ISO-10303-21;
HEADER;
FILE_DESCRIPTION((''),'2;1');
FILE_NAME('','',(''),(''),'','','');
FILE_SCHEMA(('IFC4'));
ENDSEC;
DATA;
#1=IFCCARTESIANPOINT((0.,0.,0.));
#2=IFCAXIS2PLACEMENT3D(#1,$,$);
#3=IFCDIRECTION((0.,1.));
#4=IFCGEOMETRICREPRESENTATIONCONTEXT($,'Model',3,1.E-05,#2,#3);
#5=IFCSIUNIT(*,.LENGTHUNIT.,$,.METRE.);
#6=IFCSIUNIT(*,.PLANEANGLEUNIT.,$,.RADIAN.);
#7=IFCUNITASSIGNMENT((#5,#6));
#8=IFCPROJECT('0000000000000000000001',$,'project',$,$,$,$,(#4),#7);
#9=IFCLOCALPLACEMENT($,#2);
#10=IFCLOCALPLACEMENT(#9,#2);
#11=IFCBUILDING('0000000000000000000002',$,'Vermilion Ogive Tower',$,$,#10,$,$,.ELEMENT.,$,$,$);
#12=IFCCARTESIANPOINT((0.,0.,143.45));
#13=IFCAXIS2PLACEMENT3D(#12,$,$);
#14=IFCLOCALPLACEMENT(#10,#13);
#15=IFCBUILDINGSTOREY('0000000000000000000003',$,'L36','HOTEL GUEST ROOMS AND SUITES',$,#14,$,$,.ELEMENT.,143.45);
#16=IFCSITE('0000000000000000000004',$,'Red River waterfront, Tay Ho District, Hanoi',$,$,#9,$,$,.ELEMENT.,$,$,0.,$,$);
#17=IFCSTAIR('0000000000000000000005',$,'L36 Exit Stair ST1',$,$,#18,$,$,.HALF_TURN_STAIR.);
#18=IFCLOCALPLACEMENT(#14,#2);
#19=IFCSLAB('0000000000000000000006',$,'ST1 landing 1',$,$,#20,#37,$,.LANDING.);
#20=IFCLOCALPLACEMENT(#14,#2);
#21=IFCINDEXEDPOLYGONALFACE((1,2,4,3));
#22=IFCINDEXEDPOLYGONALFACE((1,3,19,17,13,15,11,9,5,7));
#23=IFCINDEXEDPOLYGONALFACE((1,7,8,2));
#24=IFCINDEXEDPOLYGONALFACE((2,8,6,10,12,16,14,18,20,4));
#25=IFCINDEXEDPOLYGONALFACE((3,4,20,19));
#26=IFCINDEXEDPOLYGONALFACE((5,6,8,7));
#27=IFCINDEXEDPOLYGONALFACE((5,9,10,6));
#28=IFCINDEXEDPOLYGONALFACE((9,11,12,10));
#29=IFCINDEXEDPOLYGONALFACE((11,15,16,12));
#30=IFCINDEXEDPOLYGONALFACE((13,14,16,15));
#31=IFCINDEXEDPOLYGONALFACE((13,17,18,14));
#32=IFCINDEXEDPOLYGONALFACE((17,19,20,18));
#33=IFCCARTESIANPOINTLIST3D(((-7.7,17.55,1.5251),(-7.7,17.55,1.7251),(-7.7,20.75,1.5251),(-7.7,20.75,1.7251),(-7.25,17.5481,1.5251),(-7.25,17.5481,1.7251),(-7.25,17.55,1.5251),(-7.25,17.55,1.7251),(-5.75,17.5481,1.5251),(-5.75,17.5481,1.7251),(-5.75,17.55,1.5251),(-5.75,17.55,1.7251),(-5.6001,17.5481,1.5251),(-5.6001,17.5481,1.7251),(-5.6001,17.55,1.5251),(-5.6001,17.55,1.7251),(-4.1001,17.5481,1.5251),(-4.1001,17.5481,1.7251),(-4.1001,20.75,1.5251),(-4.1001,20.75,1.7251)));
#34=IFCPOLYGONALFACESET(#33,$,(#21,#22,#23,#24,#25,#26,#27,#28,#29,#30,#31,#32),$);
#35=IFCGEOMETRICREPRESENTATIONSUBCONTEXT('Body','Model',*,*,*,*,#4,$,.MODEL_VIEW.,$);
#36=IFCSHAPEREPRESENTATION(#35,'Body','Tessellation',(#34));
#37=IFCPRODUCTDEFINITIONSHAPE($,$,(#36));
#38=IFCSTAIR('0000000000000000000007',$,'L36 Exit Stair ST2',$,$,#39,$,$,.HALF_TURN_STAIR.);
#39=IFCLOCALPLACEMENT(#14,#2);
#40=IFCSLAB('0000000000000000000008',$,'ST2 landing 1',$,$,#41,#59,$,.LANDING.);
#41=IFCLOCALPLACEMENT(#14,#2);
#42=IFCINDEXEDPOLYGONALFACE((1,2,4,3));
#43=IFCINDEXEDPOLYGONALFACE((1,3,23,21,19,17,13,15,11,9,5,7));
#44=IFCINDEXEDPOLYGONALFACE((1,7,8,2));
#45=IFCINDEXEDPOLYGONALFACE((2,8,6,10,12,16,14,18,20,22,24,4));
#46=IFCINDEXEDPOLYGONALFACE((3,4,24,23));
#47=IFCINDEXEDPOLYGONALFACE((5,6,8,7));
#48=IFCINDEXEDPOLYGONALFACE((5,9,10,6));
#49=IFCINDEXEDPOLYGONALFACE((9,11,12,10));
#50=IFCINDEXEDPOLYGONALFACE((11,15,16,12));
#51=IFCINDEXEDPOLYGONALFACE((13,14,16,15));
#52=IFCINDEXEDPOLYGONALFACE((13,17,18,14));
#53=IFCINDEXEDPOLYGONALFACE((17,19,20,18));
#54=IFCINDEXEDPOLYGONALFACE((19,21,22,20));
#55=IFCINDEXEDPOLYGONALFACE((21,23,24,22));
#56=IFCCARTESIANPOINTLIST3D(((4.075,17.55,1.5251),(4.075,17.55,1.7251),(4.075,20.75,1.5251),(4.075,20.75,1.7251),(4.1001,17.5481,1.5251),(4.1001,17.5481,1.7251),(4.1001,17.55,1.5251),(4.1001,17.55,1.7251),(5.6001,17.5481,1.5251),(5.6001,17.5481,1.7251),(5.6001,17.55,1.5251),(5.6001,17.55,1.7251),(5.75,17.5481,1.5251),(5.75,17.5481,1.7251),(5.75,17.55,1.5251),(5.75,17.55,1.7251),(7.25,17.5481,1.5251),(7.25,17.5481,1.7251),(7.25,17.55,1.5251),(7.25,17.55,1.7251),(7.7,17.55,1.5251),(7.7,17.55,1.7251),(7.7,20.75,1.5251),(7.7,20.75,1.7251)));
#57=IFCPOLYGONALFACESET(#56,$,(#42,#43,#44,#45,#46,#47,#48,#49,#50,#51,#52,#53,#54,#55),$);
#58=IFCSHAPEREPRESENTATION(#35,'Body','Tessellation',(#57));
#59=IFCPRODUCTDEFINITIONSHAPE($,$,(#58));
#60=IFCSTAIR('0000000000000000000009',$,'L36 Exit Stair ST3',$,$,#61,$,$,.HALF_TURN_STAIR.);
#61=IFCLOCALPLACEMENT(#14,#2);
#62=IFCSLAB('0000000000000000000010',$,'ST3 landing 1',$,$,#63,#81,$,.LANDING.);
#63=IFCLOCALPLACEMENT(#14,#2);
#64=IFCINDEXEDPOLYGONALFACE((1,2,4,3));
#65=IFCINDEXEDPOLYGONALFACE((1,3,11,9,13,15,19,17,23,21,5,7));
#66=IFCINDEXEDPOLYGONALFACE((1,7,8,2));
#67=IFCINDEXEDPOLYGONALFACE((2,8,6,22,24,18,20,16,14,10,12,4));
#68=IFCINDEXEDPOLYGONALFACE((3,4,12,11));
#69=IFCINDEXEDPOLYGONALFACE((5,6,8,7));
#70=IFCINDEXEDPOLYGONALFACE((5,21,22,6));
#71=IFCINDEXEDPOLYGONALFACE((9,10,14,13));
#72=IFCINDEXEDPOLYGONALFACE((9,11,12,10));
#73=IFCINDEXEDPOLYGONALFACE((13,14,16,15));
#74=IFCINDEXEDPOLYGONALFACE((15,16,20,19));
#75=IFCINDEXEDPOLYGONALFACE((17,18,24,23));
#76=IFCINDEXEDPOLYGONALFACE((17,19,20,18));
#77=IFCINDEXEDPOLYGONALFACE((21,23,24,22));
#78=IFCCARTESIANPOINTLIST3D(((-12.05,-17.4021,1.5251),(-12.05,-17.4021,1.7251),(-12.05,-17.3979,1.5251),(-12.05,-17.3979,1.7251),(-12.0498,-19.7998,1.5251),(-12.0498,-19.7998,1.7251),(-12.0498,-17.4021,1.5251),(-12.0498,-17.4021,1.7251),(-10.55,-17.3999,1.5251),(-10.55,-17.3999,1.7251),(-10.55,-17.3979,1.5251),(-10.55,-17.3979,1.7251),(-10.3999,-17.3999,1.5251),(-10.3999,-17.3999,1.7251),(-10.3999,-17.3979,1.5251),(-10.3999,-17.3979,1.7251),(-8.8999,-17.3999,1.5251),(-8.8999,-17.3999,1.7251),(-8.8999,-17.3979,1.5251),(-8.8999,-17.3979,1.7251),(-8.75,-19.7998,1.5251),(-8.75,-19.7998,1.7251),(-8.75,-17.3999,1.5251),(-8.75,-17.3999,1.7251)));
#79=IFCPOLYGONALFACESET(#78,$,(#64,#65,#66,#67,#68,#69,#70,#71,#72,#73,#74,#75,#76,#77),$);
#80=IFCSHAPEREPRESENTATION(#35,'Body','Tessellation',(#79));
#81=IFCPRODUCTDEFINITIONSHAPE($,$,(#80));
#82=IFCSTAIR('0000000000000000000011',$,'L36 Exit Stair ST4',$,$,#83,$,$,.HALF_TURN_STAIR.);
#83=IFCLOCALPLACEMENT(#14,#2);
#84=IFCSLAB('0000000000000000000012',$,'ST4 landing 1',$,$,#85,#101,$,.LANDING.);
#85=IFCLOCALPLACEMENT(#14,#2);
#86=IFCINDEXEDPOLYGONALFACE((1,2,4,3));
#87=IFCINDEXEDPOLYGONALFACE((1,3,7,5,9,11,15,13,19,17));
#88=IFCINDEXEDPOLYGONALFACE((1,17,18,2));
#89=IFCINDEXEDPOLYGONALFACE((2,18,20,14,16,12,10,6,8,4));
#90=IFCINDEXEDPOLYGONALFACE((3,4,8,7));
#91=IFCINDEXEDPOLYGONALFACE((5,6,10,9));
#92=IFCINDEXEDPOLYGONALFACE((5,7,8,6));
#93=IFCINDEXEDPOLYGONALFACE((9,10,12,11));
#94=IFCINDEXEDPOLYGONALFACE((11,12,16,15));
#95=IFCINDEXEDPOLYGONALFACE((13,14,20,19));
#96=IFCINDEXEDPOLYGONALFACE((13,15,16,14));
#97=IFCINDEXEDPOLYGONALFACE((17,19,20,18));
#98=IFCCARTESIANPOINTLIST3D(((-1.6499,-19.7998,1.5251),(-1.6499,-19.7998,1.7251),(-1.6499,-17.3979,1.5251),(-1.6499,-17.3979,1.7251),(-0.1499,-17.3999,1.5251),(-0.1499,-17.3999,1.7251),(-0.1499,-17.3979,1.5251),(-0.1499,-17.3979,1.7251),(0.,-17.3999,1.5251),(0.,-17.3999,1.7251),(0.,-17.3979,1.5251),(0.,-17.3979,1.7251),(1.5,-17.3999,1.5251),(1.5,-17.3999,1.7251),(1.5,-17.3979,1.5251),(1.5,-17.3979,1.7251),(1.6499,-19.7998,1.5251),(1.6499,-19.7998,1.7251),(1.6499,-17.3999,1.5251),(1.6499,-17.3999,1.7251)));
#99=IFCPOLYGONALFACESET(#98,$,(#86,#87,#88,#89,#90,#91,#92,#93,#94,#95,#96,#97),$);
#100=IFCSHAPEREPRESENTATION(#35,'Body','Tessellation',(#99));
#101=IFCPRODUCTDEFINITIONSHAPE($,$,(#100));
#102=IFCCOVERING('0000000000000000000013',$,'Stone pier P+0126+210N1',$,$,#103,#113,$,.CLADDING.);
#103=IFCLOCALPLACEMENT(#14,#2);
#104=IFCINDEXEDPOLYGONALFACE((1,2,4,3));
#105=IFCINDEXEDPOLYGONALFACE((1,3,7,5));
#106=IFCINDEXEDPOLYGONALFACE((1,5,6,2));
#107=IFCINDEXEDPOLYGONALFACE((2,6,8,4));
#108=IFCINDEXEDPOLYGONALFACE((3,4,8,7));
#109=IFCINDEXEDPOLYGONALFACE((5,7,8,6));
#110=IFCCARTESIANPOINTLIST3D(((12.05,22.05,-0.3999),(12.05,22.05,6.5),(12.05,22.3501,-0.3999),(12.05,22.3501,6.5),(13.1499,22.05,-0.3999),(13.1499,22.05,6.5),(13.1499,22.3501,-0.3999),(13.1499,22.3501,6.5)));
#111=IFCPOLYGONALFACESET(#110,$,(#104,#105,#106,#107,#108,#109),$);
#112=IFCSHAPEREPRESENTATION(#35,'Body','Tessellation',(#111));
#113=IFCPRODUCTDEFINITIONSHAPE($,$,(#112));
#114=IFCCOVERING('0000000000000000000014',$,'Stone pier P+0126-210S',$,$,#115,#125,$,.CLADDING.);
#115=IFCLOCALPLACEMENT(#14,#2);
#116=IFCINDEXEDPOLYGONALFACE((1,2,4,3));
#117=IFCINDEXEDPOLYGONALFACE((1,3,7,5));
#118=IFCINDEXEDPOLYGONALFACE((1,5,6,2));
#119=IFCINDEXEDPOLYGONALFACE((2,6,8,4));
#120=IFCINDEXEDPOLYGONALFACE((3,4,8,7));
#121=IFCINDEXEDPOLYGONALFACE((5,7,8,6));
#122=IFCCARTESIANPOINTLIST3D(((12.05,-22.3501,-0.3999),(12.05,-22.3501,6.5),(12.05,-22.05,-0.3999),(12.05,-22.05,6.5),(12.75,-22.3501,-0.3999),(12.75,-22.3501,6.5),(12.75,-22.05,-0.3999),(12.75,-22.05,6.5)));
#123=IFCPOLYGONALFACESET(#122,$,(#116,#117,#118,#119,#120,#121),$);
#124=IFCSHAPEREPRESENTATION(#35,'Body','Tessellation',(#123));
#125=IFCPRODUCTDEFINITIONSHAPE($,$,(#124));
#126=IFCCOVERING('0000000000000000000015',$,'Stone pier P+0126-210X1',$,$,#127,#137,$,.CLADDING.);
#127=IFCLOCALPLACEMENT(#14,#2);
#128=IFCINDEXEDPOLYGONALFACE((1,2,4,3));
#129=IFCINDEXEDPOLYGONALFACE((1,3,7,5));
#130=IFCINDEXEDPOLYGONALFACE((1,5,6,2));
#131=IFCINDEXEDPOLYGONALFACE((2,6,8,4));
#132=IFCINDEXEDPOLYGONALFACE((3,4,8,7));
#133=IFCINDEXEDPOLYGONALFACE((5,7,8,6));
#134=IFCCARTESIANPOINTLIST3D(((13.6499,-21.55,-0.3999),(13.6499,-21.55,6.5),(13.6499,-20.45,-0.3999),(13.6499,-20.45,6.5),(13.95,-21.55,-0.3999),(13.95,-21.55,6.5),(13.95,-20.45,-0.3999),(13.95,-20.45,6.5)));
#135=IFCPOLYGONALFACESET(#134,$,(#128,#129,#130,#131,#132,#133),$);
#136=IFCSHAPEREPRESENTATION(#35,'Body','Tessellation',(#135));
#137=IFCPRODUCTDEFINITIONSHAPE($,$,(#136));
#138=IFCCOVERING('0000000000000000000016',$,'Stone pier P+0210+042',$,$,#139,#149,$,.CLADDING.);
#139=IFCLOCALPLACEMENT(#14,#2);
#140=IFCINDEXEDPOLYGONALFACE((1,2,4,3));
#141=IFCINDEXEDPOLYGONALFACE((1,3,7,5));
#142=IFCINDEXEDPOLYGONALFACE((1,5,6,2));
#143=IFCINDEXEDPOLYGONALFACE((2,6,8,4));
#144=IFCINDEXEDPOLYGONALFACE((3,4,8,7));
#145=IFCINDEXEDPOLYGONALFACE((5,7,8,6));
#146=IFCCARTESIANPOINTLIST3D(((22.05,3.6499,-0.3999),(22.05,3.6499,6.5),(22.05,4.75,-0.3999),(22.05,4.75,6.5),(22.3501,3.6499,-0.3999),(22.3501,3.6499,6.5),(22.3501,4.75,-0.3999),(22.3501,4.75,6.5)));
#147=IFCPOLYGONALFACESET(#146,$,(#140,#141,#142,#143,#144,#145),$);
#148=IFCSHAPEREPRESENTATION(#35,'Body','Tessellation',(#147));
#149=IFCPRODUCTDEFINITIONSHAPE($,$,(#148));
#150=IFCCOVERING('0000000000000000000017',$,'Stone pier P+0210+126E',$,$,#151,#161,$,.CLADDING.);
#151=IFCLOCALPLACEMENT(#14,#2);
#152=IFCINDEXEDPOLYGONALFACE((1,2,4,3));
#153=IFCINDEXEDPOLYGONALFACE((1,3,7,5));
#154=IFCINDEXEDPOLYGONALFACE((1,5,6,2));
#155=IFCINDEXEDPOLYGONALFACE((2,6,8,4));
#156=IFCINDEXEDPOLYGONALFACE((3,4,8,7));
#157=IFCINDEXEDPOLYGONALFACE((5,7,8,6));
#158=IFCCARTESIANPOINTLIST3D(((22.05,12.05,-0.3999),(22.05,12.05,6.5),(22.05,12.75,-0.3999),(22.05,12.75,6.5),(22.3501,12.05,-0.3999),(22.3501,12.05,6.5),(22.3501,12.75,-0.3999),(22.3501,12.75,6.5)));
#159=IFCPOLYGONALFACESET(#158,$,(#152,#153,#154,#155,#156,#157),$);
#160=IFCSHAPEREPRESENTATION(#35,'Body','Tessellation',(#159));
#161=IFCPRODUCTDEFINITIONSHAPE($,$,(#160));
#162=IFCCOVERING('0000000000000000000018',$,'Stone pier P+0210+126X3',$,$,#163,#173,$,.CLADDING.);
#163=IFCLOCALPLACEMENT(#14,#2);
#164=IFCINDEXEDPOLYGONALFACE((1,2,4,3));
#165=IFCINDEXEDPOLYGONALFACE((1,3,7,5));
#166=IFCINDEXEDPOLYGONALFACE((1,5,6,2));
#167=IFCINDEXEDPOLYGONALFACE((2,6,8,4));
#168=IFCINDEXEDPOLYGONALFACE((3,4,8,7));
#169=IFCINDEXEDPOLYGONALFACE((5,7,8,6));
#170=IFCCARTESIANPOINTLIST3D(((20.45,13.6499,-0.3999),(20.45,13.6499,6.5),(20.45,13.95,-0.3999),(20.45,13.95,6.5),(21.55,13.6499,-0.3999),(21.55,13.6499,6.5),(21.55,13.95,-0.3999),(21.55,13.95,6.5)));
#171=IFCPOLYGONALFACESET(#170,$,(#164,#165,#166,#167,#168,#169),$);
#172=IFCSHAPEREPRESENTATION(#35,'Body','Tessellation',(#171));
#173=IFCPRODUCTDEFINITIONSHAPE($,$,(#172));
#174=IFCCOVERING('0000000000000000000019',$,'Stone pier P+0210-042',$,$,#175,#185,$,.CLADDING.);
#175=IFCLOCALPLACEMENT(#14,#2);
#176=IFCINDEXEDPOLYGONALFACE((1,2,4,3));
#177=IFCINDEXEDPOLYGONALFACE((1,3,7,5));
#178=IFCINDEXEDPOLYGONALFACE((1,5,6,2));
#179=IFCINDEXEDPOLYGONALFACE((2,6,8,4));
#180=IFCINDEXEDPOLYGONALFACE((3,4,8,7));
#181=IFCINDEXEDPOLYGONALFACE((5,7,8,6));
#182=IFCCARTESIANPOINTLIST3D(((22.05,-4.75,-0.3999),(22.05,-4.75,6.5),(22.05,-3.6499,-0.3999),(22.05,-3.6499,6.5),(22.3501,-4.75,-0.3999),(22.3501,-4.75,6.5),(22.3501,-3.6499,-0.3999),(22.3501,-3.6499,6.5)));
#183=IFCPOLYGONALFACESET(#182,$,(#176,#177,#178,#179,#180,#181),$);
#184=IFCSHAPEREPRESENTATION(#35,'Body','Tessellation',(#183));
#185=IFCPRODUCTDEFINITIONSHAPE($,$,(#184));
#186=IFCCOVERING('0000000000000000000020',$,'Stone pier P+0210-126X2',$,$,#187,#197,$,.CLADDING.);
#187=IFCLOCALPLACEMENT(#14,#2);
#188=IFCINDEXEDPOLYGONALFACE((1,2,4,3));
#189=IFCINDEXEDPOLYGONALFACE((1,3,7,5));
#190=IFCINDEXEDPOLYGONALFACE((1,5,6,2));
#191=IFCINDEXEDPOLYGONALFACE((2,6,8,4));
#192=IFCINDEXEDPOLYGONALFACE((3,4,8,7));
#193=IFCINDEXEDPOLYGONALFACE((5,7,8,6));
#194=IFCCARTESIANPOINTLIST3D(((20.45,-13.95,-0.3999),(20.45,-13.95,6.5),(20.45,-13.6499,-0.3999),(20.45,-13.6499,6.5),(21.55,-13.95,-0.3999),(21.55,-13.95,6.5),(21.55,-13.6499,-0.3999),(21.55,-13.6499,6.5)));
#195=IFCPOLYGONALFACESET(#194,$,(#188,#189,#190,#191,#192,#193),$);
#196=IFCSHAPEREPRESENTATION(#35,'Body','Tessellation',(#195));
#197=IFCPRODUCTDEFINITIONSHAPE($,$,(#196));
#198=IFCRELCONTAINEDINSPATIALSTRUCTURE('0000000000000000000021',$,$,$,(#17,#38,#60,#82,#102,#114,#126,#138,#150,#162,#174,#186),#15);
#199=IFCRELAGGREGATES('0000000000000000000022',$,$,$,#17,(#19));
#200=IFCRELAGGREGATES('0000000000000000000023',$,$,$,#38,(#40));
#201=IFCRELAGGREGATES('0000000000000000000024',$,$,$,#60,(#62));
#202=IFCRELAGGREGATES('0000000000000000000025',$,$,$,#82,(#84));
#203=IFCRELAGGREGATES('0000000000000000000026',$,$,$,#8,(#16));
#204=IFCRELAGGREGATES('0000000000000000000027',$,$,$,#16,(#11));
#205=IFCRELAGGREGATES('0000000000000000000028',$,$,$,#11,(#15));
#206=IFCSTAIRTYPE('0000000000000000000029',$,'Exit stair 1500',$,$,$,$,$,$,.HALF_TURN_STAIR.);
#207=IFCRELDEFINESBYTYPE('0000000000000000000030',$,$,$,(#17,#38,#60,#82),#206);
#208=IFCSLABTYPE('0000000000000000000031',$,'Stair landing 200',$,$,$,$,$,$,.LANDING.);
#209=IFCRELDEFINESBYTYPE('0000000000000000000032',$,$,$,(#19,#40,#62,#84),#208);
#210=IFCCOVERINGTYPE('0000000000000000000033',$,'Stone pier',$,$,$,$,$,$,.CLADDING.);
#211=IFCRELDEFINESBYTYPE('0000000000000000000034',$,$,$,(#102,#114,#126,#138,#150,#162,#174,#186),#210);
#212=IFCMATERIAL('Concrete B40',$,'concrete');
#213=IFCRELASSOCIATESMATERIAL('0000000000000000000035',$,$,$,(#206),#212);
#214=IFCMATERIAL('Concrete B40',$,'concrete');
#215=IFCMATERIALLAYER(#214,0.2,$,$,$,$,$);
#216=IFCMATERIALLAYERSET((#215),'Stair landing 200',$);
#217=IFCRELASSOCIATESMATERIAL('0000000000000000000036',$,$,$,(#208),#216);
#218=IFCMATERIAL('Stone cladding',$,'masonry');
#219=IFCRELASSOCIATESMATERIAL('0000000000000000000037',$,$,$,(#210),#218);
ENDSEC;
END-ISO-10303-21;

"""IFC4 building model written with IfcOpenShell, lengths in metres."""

from ifc_helpers import new_model, si_unit, direction, frame, origin, place, context, subcontext, project, spatial, polyline, outline, extrude, material, layer, layer_set, type_object, element, aggregate, save


model = new_model("IFC4")

# Units and contexts
model_context = context("Model", 3, precision=1e-05, world=origin(), true_north=direction((0.0, 1.0)))
body_context = subcontext(model_context, "Body", "Model", "MODEL_VIEW")
ifc_project = project(units=[si_unit("LENGTHUNIT", "METRE"), si_unit("PLANEANGLEUNIT", "RADIAN")], contexts=[model_context])

# Site, building, storey
site_placement = place(None, origin())
site = spatial("IfcSite", under=ifc_project, at=site_placement, Name="Red River waterfront, Tay Ho District, Hanoi", CompositionType="ELEMENT", RefElevation=0.0)
building_placement = place(site_placement, origin())
building = spatial("IfcBuilding", under=site, at=building_placement, Name="Vermilion Ogive Tower", CompositionType="ELEMENT")
storey_placement = place(building_placement, frame((0.0, 0.0, 143.45)))
storey = spatial("IfcBuildingStorey", under=building, at=storey_placement, Name="L36", Description="HOTEL GUEST ROOMS AND SUITES", CompositionType="ELEMENT", Elevation=143.45)

# Stairs, slabs
ifc_material_1 = material(Name="Concrete B40", Category="concrete")
stair_type = type_object("IfcStairType", Name="Exit stair 1500", PredefinedType="HALF_TURN_STAIR", material=ifc_material_1)
stair_1_placement = place(storey_placement, origin())
stair_1 = element("IfcStair", 1, at=stair_1_placement, inside=storey, type_object=stair_type, Name="L36 Exit Stair ST1", PredefinedType="HALF_TURN_STAIR")
ifc_material_2 = material(Name="Concrete B40", Category="concrete")
ifc_layer = layer(ifc_material_2, 0.2)
ifc_layer_set = layer_set([ifc_layer], Name="Stair landing 200")
slab_type = type_object("IfcSlabType", Name="Stair landing 200", PredefinedType="LANDING", material=ifc_layer_set)
slab_1_placement = place(storey_placement, frame((0.0, 0.0, 1.5251)))
slab_1 = element("IfcSlab", 2, at=slab_1_placement, type_object=slab_type, Name="ST1 landing 1", PredefinedType="LANDING", context=body_context, shape_type="SweptSolid", body=[
    extrude(outline(polyline([(-7.7, 17.55), (-7.25, 17.55), (-7.25, 17.5481), (-5.75, 17.5481), (-5.75, 17.55), (-5.6001, 17.55), (-5.6001, 17.5481), (-4.1001, 17.5481), (-4.1001, 20.75), (-7.7, 20.75), (-7.7, 17.55)])), origin(), (0.0, 0.0, 1.0), 0.2),
])
aggregate(stair_1, [slab_1])
stair_2_placement = place(storey_placement, origin())
stair_2 = element("IfcStair", 3, at=stair_2_placement, inside=storey, type_object=stair_type, Name="L36 Exit Stair ST2", PredefinedType="HALF_TURN_STAIR")
slab_2_placement = place(storey_placement, frame((0.0, 0.0, 1.5251)))
slab_2 = element("IfcSlab", 4, at=slab_2_placement, type_object=slab_type, Name="ST2 landing 1", PredefinedType="LANDING", context=body_context, shape_type="SweptSolid", body=[
    extrude(outline(polyline([(5.6001, 17.55), (5.75, 17.55), (5.75, 17.5481), (7.25, 17.5481), (7.25, 17.55), (7.7, 17.55), (7.7, 20.75), (4.075, 20.75), (4.075, 17.55), (4.1001, 17.55), (4.1001, 17.5481), (5.6001, 17.5481), (5.6001, 17.55)])), origin(), (0.0, 0.0, 1.0), 0.2),
])
aggregate(stair_2, [slab_2])
stair_3_placement = place(storey_placement, origin())
stair_3 = element("IfcStair", 5, at=stair_3_placement, inside=storey, type_object=stair_type, Name="L36 Exit Stair ST3", PredefinedType="HALF_TURN_STAIR")
slab_3_placement = place(storey_placement, frame((0.0, 0.0, 1.5251)))
slab_3 = element("IfcSlab", 6, at=slab_3_placement, type_object=slab_type, Name="ST3 landing 1", PredefinedType="LANDING", context=body_context, shape_type="SweptSolid", body=[
    extrude(outline(polyline([(-8.75, -17.3999), (-8.8999, -17.3999), (-8.8999, -17.3979), (-10.3999, -17.3979), (-10.3999, -17.3999), (-10.55, -17.3999), (-10.55, -17.3979), (-12.05, -17.3979), (-12.05, -17.4021), (-12.0498, -17.4021), (-12.0498, -19.7998), (-8.75, -19.7998), (-8.75, -17.3999)])), origin(), (0.0, 0.0, 1.0), 0.2),
])
aggregate(stair_3, [slab_3])
stair_4_placement = place(storey_placement, origin())
stair_4 = element("IfcStair", 7, at=stair_4_placement, inside=storey, type_object=stair_type, Name="L36 Exit Stair ST4", PredefinedType="HALF_TURN_STAIR")
slab_4_placement = place(storey_placement, frame((0.0, 0.0, 1.5251)))
slab_4 = element("IfcSlab", 8, at=slab_4_placement, type_object=slab_type, Name="ST4 landing 1", PredefinedType="LANDING", context=body_context, shape_type="SweptSolid", body=[
    extrude(outline(polyline([(1.6499, -17.3999), (1.5, -17.3999), (1.5, -17.3979), (0.0, -17.3979), (0.0, -17.3999), (-0.1499, -17.3999), (-0.1499, -17.3979), (-1.6499, -17.3979), (-1.6499, -19.7998), (1.6499, -19.7998), (1.6499, -17.3999)])), origin(), (0.0, 0.0, 1.0), 0.2),
])
aggregate(stair_4, [slab_4])

# Coverings
ifc_material_3 = material(Name="Stone cladding", Category="masonry")
covering_type = type_object("IfcCoveringType", Name="Stone pier", PredefinedType="CLADDING", material=ifc_material_3)
covering_1_placement = place(storey_placement, frame((0.0, 0.0, -0.3999)))
element("IfcCovering", 9, at=covering_1_placement, inside=storey, type_object=covering_type, Name="Stone pier P+0126+210N1", PredefinedType="CLADDING", context=body_context, shape_type="SweptSolid", body=[
    extrude(outline(polyline([(13.1499, 22.3501), (13.1499, 22.05), (12.05, 22.05), (12.05, 22.3501), (13.1499, 22.3501)])), origin(), (0.0, 0.0, 1.0), 6.8999),
])
covering_2_placement = place(storey_placement, frame((0.0, 0.0, -0.3999)))
element("IfcCovering", 10, at=covering_2_placement, inside=storey, type_object=covering_type, Name="Stone pier P+0126-210S", PredefinedType="CLADDING", context=body_context, shape_type="SweptSolid", body=[
    extrude(outline(polyline([(12.05, -22.3501), (12.05, -22.05), (12.75, -22.05), (12.75, -22.3501), (12.05, -22.3501)])), origin(), (0.0, 0.0, 1.0), 6.8999),
])
covering_3_placement = place(storey_placement, frame((0.0, 0.0, -0.3999)))
element("IfcCovering", 11, at=covering_3_placement, inside=storey, type_object=covering_type, Name="Stone pier P+0126-210X1", PredefinedType="CLADDING", context=body_context, shape_type="SweptSolid", body=[
    extrude(outline(polyline([(13.95, -21.55), (13.6499, -21.55), (13.6499, -20.45), (13.95, -20.45), (13.95, -21.55)])), origin(), (0.0, 0.0, 1.0), 6.8999),
])
covering_4_placement = place(storey_placement, frame((0.0, 0.0, -0.3999)))
element("IfcCovering", 12, at=covering_4_placement, inside=storey, type_object=covering_type, Name="Stone pier P+0210+042", PredefinedType="CLADDING", context=body_context, shape_type="SweptSolid", body=[
    extrude(outline(polyline([(22.3501, 4.75), (22.3501, 3.6499), (22.05, 3.6499), (22.05, 4.75), (22.3501, 4.75)])), origin(), (0.0, 0.0, 1.0), 6.8999),
])
covering_5_placement = place(storey_placement, frame((0.0, 0.0, -0.3999)))
element("IfcCovering", 13, at=covering_5_placement, inside=storey, type_object=covering_type, Name="Stone pier P+0210+126E", PredefinedType="CLADDING", context=body_context, shape_type="SweptSolid", body=[
    extrude(outline(polyline([(22.3501, 12.05), (22.05, 12.05), (22.05, 12.75), (22.3501, 12.75), (22.3501, 12.05)])), origin(), (0.0, 0.0, 1.0), 6.8999),
])
covering_6_placement = place(storey_placement, frame((0.0, 0.0, -0.3999)))
element("IfcCovering", 14, at=covering_6_placement, inside=storey, type_object=covering_type, Name="Stone pier P+0210+126X3", PredefinedType="CLADDING", context=body_context, shape_type="SweptSolid", body=[
    extrude(outline(polyline([(21.55, 13.95), (21.55, 13.6499), (20.45, 13.6499), (20.45, 13.95), (21.55, 13.95)])), origin(), (0.0, 0.0, 1.0), 6.8999),
])
covering_7_placement = place(storey_placement, frame((0.0, 0.0, -0.3999)))
element("IfcCovering", 15, at=covering_7_placement, inside=storey, type_object=covering_type, Name="Stone pier P+0210-042", PredefinedType="CLADDING", context=body_context, shape_type="SweptSolid", body=[
    extrude(outline(polyline([(22.3501, -3.6499), (22.3501, -4.75), (22.05, -4.75), (22.05, -3.6499), (22.3501, -3.6499)])), origin(), (0.0, 0.0, 1.0), 6.8999),
])
covering_8_placement = place(storey_placement, frame((0.0, 0.0, -0.3999)))
element("IfcCovering", 16, at=covering_8_placement, inside=storey, type_object=covering_type, Name="Stone pier P+0210-126X2", PredefinedType="CLADDING", context=body_context, shape_type="SweptSolid", body=[
    extrude(outline(polyline([(21.55, -13.95), (20.45, -13.95), (20.45, -13.6499), (21.55, -13.6499), (21.55, -13.95)])), origin(), (0.0, 0.0, 1.0), 6.8999),
])

save(model, "model.ifc")
